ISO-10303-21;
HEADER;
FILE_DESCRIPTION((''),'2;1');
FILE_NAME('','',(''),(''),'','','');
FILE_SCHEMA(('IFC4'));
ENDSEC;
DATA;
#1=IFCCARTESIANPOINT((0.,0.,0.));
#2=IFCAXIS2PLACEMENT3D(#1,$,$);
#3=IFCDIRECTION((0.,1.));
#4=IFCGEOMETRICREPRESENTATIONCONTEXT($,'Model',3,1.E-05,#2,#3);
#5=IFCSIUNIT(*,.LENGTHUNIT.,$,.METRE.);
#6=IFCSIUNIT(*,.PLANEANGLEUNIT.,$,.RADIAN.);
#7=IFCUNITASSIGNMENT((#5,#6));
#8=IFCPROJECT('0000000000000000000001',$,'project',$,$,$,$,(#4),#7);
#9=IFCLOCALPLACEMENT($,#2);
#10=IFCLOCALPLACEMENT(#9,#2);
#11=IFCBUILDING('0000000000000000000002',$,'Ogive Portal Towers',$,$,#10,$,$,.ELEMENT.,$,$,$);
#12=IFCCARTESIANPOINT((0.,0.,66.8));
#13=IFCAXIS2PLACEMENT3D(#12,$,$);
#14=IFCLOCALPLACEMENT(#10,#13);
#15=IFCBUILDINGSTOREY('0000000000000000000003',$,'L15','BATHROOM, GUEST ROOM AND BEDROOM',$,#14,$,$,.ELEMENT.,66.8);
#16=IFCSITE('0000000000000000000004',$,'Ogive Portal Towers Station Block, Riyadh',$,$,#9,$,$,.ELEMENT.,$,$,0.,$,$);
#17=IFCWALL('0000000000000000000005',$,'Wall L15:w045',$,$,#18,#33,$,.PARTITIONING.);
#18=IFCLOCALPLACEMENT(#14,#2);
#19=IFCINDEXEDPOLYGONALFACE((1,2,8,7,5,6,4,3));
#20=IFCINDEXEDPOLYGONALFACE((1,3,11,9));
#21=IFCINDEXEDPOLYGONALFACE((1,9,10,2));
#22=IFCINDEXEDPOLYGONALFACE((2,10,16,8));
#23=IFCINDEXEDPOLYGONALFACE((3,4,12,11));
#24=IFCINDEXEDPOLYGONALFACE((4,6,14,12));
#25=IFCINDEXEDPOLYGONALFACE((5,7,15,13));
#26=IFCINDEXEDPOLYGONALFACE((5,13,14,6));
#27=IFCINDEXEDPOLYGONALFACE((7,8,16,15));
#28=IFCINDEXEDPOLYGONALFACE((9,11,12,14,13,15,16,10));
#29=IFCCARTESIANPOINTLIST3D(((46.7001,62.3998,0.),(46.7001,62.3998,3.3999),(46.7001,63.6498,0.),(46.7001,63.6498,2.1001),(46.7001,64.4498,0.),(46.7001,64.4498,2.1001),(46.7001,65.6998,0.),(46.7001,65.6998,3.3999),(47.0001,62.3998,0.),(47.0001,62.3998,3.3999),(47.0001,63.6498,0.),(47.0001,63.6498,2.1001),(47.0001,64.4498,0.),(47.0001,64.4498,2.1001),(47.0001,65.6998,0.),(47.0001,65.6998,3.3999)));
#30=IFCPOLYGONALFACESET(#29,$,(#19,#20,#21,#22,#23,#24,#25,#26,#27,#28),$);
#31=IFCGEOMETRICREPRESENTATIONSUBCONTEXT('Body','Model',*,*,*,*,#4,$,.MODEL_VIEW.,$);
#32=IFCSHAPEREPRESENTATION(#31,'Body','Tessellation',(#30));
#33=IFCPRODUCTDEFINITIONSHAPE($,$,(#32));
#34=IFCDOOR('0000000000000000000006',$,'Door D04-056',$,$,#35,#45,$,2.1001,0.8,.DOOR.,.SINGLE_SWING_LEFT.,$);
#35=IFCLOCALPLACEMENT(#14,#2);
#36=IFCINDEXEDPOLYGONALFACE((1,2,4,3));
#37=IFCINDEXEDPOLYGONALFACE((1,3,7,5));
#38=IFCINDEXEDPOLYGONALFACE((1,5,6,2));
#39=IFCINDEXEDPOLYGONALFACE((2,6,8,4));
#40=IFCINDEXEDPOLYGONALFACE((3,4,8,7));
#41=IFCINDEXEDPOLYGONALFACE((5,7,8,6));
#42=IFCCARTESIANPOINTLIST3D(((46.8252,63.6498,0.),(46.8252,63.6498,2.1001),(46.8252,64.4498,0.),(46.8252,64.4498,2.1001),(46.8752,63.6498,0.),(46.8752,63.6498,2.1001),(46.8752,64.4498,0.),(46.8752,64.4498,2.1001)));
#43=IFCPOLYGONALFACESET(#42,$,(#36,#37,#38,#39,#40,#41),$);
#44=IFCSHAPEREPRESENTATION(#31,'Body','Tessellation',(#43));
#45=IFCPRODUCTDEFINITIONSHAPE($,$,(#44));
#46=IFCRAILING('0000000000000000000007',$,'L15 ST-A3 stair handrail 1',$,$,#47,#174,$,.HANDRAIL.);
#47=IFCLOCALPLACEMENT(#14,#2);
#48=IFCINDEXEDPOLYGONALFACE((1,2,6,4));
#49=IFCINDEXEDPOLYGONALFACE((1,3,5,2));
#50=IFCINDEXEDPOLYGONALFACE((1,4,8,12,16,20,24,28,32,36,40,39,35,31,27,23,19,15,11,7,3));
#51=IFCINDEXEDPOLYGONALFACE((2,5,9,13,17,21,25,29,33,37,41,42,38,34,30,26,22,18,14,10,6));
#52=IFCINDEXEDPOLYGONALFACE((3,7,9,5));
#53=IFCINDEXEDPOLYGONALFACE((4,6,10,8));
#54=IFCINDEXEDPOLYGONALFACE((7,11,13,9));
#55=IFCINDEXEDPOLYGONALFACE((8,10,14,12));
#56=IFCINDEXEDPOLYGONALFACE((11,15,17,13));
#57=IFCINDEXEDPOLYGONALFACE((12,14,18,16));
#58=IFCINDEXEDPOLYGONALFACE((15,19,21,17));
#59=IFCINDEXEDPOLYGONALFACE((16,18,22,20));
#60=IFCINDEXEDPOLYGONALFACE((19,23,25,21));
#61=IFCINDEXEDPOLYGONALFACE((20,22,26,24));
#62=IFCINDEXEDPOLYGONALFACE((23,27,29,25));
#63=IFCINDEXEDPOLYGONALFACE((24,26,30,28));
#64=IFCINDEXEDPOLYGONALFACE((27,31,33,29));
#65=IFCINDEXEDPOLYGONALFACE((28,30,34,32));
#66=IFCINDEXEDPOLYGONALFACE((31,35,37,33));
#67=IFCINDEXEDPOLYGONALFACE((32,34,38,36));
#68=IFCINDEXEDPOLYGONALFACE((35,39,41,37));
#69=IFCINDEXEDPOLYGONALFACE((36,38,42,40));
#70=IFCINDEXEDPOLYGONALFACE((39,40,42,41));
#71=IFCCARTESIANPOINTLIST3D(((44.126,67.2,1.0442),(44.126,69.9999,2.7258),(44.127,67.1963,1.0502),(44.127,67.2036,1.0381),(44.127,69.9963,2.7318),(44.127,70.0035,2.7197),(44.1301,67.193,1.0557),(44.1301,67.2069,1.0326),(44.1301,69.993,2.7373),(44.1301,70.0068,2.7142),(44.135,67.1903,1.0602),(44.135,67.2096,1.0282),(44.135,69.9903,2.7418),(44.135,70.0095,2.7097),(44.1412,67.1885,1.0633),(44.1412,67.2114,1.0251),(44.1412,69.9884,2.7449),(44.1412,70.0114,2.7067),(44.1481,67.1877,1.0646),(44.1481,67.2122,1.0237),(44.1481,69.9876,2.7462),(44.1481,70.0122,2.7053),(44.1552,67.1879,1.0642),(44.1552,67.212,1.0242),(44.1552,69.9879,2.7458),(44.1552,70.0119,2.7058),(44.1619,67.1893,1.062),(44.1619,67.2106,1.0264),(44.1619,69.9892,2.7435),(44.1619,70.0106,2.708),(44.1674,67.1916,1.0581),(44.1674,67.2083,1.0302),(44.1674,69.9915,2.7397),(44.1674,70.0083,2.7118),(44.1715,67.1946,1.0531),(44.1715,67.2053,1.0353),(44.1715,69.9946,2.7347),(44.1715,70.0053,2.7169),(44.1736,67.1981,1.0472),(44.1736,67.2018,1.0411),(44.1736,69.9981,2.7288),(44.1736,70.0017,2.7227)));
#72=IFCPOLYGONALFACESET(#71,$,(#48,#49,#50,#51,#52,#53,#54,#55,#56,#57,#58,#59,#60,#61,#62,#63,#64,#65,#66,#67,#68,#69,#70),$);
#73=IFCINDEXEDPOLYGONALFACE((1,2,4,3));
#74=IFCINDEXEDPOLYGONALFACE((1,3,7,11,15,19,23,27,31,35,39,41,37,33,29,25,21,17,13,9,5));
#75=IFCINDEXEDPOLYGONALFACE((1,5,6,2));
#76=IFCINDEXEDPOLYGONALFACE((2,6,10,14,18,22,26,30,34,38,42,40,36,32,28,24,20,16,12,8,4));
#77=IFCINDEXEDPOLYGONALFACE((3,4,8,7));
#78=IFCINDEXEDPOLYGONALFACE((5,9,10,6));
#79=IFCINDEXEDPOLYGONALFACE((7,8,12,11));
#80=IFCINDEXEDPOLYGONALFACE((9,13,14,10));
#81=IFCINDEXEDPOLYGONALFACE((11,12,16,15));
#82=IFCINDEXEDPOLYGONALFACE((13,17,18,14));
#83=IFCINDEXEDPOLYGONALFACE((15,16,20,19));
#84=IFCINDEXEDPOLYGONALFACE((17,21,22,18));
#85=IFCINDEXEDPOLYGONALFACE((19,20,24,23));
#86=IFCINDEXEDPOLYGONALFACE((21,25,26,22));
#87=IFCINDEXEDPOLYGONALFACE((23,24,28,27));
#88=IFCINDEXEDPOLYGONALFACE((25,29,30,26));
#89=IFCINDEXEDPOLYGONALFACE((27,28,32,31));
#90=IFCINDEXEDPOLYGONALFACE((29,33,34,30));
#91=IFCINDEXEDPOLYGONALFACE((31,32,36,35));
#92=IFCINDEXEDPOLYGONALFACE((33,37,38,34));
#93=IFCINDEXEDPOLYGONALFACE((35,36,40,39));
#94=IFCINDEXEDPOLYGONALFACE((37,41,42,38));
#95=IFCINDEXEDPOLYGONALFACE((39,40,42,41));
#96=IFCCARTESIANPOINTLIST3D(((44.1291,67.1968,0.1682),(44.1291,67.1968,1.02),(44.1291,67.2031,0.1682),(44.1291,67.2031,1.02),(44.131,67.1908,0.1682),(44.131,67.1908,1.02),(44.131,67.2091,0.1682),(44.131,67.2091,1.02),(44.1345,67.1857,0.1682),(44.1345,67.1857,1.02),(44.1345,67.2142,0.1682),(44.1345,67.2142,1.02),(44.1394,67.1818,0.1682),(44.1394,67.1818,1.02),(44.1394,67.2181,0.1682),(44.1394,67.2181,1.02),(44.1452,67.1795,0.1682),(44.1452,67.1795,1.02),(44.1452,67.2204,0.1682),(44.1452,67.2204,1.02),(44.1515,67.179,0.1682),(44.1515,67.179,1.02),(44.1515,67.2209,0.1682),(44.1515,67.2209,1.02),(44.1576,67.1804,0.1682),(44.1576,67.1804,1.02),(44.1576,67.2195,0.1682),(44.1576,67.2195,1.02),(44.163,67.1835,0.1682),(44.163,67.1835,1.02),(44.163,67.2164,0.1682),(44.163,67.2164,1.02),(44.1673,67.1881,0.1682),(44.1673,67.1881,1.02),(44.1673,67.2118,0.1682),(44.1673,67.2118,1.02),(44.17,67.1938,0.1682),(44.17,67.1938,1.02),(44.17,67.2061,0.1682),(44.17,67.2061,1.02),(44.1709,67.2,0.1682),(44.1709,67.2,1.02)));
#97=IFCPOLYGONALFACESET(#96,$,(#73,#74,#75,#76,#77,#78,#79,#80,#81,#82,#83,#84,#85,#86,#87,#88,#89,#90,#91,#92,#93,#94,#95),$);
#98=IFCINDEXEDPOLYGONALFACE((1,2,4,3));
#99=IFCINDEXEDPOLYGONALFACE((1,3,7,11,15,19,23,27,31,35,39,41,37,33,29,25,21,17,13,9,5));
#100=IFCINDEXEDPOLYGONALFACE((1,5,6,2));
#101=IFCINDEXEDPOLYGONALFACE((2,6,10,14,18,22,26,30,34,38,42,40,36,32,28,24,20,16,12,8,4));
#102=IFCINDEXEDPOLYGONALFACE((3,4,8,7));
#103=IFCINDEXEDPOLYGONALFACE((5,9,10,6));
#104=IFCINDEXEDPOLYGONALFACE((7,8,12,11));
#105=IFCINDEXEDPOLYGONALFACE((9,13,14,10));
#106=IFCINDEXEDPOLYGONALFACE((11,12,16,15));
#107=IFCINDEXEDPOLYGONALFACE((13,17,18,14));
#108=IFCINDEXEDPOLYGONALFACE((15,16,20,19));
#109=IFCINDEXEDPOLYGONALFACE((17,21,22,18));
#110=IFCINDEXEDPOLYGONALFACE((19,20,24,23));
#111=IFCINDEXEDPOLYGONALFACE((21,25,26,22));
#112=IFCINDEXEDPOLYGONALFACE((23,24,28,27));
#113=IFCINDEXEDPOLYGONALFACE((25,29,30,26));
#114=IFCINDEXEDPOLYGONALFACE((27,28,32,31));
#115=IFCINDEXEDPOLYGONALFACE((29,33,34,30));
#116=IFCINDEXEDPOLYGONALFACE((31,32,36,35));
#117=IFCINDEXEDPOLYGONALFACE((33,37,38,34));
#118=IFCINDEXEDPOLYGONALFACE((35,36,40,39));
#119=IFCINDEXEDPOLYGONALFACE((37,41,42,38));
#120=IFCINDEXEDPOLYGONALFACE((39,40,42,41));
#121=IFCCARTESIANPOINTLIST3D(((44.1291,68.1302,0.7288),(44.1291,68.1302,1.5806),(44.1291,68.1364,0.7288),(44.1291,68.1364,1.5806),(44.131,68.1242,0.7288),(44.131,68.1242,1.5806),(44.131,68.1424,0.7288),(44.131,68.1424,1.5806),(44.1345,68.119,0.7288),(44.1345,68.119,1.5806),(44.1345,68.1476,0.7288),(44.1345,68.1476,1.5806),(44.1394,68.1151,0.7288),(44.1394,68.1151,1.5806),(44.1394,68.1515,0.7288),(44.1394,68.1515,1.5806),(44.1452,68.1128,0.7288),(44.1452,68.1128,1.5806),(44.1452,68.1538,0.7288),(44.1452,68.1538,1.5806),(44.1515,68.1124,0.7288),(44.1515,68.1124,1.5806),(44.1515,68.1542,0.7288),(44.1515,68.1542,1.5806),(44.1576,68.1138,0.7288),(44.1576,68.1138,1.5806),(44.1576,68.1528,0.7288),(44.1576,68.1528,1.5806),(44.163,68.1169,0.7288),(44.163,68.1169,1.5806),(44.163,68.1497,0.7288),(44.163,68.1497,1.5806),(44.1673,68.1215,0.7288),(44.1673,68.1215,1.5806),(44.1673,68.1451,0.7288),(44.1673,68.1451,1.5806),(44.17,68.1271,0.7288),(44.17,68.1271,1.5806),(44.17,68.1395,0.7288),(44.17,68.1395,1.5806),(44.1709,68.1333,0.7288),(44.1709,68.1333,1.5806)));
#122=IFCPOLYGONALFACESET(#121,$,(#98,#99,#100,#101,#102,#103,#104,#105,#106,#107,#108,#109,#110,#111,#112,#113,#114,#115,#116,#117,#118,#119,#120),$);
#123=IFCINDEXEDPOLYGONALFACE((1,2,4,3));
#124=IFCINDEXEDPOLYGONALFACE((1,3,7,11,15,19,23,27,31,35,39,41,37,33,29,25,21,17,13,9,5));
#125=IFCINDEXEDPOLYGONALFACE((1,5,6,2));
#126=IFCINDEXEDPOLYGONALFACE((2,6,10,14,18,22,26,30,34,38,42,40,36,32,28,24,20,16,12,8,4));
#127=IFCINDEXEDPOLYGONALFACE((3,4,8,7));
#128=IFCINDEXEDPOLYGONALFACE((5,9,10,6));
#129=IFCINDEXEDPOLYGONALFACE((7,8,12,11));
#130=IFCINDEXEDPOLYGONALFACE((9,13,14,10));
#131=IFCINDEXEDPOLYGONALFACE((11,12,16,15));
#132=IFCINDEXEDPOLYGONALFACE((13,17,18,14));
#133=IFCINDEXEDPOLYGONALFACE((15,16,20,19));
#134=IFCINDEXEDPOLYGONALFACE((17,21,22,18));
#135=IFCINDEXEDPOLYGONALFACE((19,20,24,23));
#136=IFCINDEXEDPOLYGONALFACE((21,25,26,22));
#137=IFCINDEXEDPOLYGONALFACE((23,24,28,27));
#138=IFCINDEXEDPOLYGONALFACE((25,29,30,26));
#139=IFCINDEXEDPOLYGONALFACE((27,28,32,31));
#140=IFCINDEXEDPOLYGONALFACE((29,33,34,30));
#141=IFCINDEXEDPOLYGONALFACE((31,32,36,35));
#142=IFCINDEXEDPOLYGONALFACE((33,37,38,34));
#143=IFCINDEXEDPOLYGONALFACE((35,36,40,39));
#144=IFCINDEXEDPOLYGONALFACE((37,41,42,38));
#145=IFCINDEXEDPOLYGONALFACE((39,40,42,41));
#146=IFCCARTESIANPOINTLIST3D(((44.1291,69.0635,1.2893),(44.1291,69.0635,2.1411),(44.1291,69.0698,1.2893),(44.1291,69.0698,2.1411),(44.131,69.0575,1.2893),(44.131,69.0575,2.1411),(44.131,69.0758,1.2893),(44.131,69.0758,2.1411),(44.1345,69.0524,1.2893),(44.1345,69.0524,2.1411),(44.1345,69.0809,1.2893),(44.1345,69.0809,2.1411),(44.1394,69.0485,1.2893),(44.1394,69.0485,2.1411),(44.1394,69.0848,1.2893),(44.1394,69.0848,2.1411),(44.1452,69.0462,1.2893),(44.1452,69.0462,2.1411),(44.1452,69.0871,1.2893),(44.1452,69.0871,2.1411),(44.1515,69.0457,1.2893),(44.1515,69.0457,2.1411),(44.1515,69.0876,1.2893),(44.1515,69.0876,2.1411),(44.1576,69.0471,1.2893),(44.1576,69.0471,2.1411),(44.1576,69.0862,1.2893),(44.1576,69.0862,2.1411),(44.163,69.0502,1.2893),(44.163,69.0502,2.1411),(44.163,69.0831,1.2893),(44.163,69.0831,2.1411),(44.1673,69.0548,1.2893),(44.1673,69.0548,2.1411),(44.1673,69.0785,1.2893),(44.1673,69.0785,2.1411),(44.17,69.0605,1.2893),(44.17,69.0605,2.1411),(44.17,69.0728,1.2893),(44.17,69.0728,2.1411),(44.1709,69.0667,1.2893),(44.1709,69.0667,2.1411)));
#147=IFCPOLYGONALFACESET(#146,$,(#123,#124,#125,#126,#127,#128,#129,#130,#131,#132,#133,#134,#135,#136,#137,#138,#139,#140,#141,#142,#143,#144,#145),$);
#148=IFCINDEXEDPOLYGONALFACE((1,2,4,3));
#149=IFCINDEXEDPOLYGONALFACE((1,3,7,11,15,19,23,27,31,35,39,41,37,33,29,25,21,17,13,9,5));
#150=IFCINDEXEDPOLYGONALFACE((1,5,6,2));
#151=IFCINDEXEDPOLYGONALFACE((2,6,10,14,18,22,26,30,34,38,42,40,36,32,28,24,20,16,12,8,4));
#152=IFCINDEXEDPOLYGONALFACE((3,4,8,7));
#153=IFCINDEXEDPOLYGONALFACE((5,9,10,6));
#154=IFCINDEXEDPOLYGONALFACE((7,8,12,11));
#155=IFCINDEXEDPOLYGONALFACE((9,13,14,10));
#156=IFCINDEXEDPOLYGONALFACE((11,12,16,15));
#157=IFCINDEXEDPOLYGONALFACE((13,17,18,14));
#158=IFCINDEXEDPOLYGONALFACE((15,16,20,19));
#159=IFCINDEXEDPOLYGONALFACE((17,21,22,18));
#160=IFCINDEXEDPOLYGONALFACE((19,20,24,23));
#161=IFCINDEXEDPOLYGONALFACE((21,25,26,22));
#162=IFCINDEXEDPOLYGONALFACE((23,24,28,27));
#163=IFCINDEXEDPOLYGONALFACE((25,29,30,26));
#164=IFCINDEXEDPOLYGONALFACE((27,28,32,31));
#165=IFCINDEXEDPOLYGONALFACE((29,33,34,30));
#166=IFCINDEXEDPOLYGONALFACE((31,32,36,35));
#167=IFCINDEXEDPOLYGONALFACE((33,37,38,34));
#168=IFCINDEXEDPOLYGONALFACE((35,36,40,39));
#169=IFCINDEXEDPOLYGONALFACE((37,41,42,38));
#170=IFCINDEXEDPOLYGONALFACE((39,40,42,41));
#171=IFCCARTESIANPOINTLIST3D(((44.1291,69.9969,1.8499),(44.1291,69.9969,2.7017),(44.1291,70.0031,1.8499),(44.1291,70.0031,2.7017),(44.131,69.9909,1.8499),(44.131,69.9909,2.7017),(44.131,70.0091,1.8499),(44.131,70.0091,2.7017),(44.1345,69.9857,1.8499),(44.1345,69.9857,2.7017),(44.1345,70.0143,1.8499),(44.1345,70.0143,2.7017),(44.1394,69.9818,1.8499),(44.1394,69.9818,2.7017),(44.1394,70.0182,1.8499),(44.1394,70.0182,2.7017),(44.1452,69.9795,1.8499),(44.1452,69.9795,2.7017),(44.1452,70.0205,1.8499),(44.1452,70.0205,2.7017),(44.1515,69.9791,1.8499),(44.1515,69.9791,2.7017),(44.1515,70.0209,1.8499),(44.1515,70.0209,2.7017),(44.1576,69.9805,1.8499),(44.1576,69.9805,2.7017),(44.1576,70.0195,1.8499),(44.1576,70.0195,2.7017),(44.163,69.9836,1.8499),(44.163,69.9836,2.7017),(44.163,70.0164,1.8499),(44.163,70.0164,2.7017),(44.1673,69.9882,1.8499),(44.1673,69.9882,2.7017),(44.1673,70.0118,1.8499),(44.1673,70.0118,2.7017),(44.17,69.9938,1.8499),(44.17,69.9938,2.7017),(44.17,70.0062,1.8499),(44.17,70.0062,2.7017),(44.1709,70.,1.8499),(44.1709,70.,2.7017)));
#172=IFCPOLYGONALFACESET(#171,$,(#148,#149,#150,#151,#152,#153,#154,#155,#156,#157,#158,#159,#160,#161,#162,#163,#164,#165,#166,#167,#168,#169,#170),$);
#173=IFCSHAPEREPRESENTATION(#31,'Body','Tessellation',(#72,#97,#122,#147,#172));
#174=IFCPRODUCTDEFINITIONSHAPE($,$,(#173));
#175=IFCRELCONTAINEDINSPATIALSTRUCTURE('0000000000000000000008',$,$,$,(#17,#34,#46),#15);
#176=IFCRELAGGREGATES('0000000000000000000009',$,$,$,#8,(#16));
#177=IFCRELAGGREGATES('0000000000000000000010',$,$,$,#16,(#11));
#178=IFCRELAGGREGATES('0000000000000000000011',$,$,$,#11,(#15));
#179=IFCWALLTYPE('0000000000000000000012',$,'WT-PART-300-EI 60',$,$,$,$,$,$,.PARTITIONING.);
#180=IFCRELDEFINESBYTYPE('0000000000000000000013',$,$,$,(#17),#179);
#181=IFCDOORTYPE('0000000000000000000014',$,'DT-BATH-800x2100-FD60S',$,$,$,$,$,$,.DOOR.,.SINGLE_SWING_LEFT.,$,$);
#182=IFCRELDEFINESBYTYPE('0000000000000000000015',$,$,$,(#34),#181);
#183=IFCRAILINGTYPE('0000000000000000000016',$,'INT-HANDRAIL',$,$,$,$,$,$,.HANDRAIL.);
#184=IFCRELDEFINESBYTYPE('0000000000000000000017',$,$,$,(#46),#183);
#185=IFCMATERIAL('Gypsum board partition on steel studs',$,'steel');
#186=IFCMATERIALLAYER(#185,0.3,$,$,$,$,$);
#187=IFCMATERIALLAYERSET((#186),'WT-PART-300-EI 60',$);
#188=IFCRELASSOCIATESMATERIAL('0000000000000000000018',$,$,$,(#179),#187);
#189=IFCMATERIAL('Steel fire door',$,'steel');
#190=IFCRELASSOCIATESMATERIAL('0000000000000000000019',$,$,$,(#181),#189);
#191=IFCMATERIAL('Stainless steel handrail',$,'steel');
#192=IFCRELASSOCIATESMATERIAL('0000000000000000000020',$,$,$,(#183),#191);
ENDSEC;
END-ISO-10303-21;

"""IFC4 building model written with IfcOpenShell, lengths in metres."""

from ifc_helpers import new_model, si_unit, direction, frame, frame_2d, origin, origin_2d, place, context, subcontext, project, spatial, rectangle, circle, extrude, material, layer, layer_set, type_object, element, fill, save


model = new_model("IFC4")

# Units and contexts
model_context = context("Model", 3, precision=1e-05, world=origin(), true_north=direction((0.0, 1.0)))
body_context = subcontext(model_context, "Body", "Model", "MODEL_VIEW")
ifc_project = project(units=[si_unit("LENGTHUNIT", "METRE"), si_unit("PLANEANGLEUNIT", "RADIAN")], contexts=[model_context])

# Site, building, storey
site_placement = place(None, origin())
site = spatial("IfcSite", under=ifc_project, at=site_placement, Name="Ogive Portal Towers Station Block, Riyadh", CompositionType="ELEMENT", RefElevation=0.0)
building_placement = place(site_placement, origin())
building = spatial("IfcBuilding", under=site, at=building_placement, Name="Ogive Portal Towers", CompositionType="ELEMENT")
storey_placement = place(building_placement, frame((0.0, 0.0, 66.8)))
storey = spatial("IfcBuildingStorey", under=building, at=storey_placement, Name="L15", Description="BATHROOM, GUEST ROOM AND BEDROOM", CompositionType="ELEMENT", Elevation=66.8)

# Wall, opening, door
ifc_material_1 = material(Name="Gypsum board partition on steel studs", Category="steel")
ifc_layer_1 = layer(ifc_material_1, 0.3)
ifc_layer_set_1 = layer_set([ifc_layer_1], Name="WT-PART-300-EI 60")
wall_type_1 = type_object("IfcWallType", Name="WT-PART-300-EI 60", PredefinedType="PARTITIONING", material=ifc_layer_set_1)
ifc_material_2 = material(Name="Steel fire door", Category="steel")
door_type = type_object("IfcDoorType", Name="DT-BATH-800x2100-FD60S", OperationType="SINGLE_SWING_LEFT", PredefinedType="DOOR", material=ifc_material_2)
wall_1_placement = place(storey_placement, frame((46.8501, 62.3999, 0.0), z_axis=(0.0, 0.0, 1.0), x_axis=(0.0, 1.0, 0.0)))
wall_1 = element("IfcWall", 1, at=wall_1_placement, inside=storey, type_object=wall_type_1, Name="Wall L15:w045", PredefinedType="PARTITIONING", context=body_context, shape_type="SweptSolid", body=[
    extrude(rectangle(XDim=3.3, YDim=0.3, at=frame_2d((1.6499, 0.0))), origin(), (0.0, 0.0, 1.0), 3.3999),
])
opening_1_placement = place(wall_1_placement, frame((1.25, 0.0, 0.0)))
opening_1 = element("IfcOpeningElement", 2, at=opening_1_placement, cuts=wall_1, PredefinedType="OPENING", context=body_context, shape_type="SweptSolid", body=[
    extrude(rectangle(XDim=0.8, YDim=2.1001, at=frame_2d((0.3999, 1.05))), frame((0.0, 0.1602, 0.0), z_axis=(0.0, -1.0, 0.0), x_axis=(1.0, 0.0, 0.0)), (0.0, 0.0, 1.0), 0.3201),
])
door_1_placement = place(opening_1_placement, origin())
door_1 = element("IfcDoor", 3, at=door_1_placement, inside=storey, type_object=door_type, Name="Door D04-056", OperationType="SINGLE_SWING_LEFT", OverallHeight=2.1001, OverallWidth=0.8, PredefinedType="DOOR", context=body_context, shape_type="SweptSolid", body=[
    extrude(rectangle(XDim=0.8, YDim=2.1001, at=frame_2d((0.3999, 1.05))), frame((0.0, 0.0249, 0.0), z_axis=(0.0, -1.0, 0.0), x_axis=(1.0, 0.0, 0.0)), (0.0, 0.0, 1.0), 0.05),
])
fill(opening_1, door_1)

# Railing
ifc_material_3 = material(Name="Stainless steel handrail", Category="steel")
railing_type = type_object("IfcRailingType", Name="INT-HANDRAIL", PredefinedType="HANDRAIL", material=ifc_material_3)
railing_placement = place(storey_placement, frame((44.1499, 67.2, 0.1682)))
element("IfcRailing", 4, at=railing_placement, inside=storey, type_object=railing_type, Name="L15 ST-A3 stair handrail 1", PredefinedType="HANDRAIL", context=body_context, shape_type="SweptSolid", body=[
    extrude(circle(Radius=0.0239, at=origin_2d()), frame((0.0, 0.0, 0.876), z_axis=(0.0, 0.857275, 0.514858), x_axis=(-1.0, 0.0, 0.0)), (0.0, 0.0, 1.0), 3.2661),
    extrude(circle(Radius=0.021, at=origin_2d()), origin(), (0.0, 0.0, 1.0), 0.8518),
    extrude(circle(Radius=0.021, at=origin_2d()), frame((0.0, 0.9333, 0.5605)), (0.0, 0.0, 1.0), 0.8518),
    extrude(circle(Radius=0.021, at=origin_2d()), frame((0.0, 1.8667, 1.1211)), (0.0, 0.0, 1.0), 0.8518),
    extrude(circle(Radius=0.021, at=origin_2d()), frame((0.0, 2.8, 1.6816)), (0.0, 0.0, 1.0), 0.8518),
])

save(model, "model.ifc")
